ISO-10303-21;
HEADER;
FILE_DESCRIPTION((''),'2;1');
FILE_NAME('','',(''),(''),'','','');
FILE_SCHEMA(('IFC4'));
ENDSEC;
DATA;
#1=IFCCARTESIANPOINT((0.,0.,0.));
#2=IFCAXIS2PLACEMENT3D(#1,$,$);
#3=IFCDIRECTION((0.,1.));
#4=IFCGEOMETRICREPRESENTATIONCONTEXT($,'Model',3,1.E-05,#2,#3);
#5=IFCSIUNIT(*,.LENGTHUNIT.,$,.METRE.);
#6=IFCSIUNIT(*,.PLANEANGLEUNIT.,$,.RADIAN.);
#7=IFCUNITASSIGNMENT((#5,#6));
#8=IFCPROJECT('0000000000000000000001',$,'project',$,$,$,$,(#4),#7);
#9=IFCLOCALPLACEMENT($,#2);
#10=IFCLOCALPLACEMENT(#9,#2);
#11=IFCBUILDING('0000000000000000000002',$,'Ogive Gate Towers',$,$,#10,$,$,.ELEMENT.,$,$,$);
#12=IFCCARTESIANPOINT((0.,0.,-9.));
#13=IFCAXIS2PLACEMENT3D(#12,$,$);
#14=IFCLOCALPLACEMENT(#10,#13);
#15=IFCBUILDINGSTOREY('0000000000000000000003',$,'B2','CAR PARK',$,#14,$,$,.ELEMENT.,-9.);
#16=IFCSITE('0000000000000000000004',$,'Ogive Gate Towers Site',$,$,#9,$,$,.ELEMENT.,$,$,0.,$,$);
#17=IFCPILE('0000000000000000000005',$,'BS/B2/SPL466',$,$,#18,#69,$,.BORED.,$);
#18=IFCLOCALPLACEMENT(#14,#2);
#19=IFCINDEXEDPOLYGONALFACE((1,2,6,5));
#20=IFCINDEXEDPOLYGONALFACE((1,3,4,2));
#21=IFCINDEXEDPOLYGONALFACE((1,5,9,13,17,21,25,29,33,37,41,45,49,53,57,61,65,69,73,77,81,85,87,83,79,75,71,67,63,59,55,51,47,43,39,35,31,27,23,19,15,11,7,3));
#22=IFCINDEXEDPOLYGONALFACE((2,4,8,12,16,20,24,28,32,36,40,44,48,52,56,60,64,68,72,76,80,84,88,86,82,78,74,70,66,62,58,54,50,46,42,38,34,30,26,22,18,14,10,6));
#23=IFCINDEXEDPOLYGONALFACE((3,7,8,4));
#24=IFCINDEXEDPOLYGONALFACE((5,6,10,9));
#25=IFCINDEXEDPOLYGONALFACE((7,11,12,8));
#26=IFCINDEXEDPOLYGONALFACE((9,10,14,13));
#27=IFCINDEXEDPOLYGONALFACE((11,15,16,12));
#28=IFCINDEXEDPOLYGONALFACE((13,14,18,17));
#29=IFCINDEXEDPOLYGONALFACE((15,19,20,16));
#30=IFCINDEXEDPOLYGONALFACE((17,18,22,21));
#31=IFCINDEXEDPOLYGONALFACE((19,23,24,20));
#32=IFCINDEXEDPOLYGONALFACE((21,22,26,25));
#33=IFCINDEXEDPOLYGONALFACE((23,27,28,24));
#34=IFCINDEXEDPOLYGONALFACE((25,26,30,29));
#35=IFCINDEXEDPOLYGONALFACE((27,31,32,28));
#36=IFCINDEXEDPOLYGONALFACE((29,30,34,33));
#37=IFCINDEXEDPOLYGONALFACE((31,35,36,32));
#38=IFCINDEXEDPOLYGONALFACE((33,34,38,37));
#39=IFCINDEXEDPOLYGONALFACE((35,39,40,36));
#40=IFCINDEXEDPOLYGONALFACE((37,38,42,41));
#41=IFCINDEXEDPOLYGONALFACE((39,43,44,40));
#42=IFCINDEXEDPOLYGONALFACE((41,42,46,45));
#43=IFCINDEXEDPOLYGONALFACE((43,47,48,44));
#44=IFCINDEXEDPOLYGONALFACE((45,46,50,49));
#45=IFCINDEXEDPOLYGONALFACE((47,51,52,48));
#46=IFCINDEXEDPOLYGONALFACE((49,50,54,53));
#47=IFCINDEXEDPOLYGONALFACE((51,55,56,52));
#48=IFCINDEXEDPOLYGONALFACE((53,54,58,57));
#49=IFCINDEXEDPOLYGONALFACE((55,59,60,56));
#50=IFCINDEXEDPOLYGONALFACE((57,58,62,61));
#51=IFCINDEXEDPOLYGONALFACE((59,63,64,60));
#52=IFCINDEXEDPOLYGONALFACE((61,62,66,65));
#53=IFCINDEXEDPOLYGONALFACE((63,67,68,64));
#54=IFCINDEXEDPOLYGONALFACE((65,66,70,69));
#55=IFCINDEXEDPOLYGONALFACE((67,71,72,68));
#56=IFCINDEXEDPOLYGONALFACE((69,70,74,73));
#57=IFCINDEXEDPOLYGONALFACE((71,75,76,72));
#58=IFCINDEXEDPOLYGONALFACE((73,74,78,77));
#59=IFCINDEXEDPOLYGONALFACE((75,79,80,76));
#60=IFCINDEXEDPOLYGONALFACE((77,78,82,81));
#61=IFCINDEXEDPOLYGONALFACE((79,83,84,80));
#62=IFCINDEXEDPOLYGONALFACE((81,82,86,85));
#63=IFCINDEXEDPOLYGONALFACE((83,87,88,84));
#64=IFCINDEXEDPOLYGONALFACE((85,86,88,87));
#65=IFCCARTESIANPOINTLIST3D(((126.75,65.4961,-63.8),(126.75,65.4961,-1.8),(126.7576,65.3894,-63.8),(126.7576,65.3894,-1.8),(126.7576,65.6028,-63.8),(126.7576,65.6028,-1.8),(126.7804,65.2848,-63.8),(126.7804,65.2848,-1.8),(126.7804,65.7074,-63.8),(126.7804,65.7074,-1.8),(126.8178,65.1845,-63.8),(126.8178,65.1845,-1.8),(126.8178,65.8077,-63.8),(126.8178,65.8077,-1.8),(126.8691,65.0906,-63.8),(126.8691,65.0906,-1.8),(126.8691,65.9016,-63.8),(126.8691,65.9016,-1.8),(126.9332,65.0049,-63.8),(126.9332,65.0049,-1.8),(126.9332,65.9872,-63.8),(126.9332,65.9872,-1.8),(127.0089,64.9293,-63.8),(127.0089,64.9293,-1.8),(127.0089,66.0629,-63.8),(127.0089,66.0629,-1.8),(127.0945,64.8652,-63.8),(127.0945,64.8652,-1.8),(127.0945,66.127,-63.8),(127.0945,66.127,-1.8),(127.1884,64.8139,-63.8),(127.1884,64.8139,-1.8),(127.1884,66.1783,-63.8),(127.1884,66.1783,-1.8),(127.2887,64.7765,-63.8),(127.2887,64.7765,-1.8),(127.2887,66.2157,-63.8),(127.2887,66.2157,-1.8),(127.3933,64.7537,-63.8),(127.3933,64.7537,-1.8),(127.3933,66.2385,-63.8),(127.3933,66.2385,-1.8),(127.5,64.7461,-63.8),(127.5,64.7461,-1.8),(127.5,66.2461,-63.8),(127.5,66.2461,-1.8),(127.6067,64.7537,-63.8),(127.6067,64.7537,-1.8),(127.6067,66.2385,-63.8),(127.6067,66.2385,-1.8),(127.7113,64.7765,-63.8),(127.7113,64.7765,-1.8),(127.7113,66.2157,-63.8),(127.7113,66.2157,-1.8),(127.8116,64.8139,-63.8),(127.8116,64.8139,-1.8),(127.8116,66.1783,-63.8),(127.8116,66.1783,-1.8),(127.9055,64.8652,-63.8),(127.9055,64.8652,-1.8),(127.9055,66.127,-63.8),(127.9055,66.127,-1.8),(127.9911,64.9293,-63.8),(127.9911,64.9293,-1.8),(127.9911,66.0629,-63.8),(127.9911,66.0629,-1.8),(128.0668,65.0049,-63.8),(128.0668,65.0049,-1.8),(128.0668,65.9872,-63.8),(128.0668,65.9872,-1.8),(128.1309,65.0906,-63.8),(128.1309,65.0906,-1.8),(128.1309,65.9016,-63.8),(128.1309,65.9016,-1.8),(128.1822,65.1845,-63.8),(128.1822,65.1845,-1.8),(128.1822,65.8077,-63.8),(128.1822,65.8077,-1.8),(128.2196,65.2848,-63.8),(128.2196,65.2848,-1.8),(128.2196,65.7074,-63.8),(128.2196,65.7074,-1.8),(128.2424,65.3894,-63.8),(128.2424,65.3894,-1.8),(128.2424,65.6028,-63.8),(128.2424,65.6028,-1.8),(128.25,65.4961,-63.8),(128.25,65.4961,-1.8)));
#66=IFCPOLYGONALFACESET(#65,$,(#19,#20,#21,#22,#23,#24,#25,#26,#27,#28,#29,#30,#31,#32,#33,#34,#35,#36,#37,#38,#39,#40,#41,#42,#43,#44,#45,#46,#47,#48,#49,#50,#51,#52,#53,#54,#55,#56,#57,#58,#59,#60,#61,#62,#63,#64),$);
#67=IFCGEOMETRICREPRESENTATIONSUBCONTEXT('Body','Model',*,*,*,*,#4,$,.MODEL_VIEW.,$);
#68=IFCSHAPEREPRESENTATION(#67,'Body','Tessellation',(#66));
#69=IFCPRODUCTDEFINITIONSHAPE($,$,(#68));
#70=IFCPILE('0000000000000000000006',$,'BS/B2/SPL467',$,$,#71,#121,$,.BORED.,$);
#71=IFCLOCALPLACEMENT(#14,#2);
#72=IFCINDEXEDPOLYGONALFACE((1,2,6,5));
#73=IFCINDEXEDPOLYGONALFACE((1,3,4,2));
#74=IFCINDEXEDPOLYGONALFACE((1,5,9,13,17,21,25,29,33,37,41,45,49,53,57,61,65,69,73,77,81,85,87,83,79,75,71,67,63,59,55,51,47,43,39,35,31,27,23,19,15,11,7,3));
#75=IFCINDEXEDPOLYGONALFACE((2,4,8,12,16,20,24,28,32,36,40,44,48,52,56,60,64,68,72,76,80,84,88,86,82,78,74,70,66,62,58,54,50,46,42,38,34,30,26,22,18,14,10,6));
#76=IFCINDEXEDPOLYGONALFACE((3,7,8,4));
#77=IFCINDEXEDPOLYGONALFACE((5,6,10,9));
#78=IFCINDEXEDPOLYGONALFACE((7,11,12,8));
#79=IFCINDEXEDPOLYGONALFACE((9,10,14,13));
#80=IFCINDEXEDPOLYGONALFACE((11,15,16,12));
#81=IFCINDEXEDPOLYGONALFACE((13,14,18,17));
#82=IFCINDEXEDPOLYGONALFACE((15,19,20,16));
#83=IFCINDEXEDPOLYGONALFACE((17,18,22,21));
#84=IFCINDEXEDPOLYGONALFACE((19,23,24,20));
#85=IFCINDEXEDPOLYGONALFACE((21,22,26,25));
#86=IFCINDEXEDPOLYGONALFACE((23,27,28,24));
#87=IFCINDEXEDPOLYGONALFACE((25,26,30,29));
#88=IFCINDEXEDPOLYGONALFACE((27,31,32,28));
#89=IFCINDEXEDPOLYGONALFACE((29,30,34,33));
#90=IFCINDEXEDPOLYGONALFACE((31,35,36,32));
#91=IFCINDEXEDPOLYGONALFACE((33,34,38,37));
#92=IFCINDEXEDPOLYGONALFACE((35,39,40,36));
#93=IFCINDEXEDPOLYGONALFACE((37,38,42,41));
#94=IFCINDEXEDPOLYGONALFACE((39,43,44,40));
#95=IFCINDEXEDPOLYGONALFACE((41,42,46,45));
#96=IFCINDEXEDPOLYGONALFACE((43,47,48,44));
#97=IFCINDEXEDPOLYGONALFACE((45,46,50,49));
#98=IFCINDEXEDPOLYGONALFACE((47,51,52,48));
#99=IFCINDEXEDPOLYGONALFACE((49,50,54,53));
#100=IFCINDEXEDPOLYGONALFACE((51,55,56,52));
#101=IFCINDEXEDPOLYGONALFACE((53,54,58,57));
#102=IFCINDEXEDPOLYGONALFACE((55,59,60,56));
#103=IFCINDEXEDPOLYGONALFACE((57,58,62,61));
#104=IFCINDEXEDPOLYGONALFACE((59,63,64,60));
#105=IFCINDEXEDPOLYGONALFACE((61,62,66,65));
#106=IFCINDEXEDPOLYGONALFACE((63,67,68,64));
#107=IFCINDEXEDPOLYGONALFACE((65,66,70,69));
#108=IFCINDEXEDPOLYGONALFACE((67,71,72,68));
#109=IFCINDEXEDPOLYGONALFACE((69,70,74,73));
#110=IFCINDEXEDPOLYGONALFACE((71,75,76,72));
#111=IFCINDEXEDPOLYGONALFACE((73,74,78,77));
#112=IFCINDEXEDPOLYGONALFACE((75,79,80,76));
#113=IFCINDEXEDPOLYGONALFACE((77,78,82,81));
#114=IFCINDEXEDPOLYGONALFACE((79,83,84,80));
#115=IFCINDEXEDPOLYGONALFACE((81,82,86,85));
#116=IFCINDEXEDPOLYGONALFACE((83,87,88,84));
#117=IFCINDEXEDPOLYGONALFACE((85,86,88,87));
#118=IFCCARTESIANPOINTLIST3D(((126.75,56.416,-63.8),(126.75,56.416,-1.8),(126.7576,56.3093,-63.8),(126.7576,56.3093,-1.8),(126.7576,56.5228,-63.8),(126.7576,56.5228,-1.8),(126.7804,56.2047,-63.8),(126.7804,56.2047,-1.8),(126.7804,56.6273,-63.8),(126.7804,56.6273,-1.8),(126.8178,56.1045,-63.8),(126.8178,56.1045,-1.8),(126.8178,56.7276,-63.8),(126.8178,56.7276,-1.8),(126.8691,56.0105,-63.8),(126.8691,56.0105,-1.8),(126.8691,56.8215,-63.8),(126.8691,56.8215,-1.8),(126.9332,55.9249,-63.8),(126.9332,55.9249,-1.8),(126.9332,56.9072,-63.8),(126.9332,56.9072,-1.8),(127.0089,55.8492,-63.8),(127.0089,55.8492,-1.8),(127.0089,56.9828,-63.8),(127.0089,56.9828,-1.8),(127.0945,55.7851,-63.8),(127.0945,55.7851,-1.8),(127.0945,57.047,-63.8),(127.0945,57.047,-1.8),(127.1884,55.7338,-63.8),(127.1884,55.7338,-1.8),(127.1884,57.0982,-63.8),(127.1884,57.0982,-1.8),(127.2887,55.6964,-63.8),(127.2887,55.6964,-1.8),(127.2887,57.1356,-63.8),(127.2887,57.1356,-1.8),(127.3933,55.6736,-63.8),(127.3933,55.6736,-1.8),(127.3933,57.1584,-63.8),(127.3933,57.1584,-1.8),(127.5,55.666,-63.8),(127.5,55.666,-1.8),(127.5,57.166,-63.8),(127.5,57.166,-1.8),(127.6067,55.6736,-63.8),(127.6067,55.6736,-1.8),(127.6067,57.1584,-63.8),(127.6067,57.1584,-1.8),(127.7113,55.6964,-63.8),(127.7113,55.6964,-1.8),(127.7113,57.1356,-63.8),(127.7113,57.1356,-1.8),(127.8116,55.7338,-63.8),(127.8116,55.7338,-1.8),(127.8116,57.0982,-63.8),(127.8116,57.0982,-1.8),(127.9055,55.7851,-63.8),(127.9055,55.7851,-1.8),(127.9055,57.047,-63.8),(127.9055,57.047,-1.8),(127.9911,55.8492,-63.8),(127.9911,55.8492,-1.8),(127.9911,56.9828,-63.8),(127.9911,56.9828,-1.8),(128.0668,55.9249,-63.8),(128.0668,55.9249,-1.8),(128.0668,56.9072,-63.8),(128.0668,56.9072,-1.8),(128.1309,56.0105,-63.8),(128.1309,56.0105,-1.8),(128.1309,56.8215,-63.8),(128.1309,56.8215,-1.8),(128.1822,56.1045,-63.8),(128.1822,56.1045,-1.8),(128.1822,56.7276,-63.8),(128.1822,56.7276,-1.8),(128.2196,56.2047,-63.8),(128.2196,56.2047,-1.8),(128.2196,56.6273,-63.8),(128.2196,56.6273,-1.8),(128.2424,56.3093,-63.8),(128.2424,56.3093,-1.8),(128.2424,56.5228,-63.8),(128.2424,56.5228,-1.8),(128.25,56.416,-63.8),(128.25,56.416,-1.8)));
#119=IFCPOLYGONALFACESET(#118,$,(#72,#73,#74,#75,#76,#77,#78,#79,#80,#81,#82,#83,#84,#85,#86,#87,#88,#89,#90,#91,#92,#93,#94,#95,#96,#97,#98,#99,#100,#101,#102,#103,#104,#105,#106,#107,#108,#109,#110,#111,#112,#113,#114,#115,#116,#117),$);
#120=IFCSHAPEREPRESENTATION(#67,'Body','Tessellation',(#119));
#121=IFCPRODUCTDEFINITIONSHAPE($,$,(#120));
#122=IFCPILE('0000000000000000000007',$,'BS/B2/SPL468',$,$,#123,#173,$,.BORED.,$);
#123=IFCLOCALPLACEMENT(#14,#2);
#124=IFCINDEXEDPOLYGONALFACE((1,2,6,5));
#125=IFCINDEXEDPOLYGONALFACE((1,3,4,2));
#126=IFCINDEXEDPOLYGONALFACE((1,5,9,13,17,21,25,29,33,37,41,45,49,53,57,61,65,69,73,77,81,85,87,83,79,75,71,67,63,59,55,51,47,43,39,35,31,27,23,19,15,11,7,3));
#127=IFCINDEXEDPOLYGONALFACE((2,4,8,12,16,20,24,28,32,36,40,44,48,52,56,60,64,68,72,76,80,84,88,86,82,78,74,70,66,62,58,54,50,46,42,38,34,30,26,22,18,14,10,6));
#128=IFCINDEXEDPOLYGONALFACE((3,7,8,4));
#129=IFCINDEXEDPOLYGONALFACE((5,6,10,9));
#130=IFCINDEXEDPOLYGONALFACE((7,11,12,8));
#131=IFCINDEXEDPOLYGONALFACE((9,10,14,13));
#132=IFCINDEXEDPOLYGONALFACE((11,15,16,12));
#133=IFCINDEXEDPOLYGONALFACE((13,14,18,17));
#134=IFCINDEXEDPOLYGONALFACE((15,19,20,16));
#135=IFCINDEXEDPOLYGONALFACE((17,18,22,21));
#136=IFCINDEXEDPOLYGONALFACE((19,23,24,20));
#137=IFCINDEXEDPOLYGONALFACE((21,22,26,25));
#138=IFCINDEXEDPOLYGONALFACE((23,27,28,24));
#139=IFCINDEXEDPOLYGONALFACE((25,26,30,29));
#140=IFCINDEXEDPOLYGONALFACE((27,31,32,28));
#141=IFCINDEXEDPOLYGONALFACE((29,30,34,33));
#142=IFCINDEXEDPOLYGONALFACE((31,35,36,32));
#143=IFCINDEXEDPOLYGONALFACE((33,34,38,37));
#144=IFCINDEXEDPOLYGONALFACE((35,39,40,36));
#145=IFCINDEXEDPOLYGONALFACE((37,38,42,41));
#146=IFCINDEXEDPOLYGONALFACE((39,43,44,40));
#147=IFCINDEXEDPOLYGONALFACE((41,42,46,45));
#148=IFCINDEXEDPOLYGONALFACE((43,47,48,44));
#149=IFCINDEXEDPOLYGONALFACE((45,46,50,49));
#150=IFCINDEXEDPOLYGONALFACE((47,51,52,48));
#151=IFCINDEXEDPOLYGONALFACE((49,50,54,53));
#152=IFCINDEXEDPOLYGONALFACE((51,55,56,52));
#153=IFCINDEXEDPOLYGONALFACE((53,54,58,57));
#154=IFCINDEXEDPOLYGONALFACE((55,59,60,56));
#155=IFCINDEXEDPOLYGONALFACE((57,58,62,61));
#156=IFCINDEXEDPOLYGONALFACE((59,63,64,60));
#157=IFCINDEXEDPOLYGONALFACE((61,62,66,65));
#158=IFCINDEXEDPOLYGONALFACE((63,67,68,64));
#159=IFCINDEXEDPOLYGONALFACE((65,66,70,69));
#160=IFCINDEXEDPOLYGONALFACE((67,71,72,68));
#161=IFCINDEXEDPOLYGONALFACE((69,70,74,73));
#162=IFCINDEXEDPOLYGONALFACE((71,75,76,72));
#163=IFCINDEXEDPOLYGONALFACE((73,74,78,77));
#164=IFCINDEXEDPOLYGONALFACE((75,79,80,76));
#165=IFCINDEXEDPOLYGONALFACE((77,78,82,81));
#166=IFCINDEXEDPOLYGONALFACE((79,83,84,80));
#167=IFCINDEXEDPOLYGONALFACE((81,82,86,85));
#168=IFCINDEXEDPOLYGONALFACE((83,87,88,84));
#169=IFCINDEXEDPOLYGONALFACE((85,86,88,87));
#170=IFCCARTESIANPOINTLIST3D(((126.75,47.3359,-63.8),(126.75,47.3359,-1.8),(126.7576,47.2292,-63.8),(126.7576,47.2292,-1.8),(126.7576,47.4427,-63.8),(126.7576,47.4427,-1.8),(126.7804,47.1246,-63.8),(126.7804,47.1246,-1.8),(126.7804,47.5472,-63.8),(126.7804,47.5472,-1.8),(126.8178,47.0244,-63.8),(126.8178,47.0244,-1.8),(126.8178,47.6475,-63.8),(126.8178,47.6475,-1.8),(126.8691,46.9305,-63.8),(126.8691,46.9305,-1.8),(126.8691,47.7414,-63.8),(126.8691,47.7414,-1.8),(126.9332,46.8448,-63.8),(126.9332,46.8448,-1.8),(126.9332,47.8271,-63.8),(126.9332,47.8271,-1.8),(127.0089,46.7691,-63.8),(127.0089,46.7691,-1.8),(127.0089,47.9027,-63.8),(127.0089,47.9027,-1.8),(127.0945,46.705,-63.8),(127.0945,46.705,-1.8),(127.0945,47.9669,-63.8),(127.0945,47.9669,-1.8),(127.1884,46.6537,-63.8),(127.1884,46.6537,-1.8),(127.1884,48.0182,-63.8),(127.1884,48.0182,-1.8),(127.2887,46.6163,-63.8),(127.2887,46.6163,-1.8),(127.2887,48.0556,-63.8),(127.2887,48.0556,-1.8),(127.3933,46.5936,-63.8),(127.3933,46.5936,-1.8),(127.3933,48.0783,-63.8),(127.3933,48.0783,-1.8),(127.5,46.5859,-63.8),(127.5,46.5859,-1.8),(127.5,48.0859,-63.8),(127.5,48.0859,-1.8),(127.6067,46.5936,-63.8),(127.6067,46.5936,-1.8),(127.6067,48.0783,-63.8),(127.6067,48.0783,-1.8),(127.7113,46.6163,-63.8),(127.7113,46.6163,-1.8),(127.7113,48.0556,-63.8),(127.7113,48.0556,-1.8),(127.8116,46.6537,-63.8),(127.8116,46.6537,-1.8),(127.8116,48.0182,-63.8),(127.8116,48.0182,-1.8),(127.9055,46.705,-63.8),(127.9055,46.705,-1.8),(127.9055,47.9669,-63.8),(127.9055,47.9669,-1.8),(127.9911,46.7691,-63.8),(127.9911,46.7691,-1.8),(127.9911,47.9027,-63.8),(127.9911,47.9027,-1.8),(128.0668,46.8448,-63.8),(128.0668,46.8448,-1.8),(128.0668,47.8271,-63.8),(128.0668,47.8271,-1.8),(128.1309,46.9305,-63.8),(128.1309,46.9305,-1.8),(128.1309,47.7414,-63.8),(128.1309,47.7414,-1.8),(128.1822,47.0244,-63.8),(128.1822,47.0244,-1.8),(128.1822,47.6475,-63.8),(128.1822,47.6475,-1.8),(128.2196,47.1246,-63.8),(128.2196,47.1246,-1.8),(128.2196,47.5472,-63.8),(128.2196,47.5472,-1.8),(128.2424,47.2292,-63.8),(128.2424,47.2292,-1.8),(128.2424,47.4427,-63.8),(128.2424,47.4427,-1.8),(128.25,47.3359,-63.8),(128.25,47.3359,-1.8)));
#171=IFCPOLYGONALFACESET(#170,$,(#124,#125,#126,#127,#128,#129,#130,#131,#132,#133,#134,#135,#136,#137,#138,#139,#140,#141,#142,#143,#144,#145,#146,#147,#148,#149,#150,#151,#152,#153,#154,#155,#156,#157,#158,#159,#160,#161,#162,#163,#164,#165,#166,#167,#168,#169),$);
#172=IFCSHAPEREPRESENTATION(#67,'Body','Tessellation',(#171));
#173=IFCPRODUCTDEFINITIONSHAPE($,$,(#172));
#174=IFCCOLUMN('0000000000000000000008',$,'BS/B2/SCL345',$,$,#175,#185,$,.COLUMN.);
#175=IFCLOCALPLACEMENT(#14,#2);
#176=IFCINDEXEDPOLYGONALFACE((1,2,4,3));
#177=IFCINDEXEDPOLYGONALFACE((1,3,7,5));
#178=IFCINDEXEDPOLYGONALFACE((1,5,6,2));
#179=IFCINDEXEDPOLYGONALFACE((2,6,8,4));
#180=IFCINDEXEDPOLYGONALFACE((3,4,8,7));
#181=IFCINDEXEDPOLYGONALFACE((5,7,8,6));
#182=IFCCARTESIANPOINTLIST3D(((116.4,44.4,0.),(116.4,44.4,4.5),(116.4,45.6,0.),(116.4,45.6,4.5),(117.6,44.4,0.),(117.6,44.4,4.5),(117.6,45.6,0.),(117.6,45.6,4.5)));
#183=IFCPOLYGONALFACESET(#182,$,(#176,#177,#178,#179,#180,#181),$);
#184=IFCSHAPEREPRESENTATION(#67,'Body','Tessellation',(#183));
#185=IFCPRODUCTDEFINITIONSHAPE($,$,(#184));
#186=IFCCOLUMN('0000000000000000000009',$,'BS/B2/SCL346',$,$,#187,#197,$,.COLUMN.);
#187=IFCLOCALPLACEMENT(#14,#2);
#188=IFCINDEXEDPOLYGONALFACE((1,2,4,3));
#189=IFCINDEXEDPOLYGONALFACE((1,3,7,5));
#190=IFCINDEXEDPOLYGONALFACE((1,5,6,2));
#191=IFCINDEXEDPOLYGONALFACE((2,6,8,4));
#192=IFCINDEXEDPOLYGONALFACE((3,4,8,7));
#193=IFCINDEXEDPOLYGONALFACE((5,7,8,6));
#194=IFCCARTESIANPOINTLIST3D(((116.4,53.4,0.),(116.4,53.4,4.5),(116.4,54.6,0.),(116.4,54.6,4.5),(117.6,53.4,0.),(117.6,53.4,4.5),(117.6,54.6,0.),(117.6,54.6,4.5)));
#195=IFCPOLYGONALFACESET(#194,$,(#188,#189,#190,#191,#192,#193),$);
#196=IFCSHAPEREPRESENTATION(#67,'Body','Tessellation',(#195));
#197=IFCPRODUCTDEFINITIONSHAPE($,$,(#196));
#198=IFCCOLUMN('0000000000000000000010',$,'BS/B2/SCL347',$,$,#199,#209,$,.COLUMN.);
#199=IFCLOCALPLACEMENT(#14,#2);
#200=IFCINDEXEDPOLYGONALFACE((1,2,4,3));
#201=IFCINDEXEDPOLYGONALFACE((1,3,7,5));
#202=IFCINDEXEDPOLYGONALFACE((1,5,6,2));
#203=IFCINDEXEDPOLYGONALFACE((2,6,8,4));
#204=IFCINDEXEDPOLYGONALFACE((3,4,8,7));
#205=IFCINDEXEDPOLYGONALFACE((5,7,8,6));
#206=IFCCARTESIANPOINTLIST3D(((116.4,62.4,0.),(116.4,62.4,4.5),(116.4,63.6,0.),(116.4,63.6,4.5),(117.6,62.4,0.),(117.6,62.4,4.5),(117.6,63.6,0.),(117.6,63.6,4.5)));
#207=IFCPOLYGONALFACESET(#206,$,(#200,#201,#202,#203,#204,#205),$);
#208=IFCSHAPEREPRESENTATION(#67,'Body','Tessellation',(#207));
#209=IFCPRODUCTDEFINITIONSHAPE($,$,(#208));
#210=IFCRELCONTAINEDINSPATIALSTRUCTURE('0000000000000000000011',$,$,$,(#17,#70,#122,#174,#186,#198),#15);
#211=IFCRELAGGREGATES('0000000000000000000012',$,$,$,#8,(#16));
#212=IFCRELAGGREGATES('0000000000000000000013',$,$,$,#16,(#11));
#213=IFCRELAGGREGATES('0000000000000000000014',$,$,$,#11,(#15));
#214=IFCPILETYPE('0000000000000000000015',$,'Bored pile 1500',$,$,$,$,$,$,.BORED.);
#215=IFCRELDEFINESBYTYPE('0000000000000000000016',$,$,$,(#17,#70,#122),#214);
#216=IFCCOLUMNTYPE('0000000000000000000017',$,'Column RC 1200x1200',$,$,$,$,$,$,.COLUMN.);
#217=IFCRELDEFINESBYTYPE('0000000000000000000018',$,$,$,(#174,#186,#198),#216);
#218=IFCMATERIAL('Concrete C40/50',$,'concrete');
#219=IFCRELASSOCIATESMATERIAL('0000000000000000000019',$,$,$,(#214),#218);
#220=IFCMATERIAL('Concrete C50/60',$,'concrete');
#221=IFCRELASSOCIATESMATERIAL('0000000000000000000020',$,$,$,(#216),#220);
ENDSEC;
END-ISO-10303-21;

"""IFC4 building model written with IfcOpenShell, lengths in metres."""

from ifc_helpers import new_model, si_unit, direction, frame, origin, origin_2d, place, context, subcontext, project, spatial, rectangle, circle, extrude, material, material_profile, profile_set, type_object, element, save


model = new_model("IFC4")

# Units and contexts
model_context = context("Model", 3, precision=1e-05, world=origin(), true_north=direction((0.0, 1.0)))
body_context = subcontext(model_context, "Body", "Model", "MODEL_VIEW")
ifc_project = project(units=[si_unit("LENGTHUNIT", "METRE"), si_unit("PLANEANGLEUNIT", "RADIAN")], contexts=[model_context])

# Site, building, storey
site_placement = place(None, origin())
site = spatial("IfcSite", under=ifc_project, at=site_placement, Name="Ogive Gate Towers Site", CompositionType="ELEMENT", RefElevation=0.0)
building_placement = place(site_placement, origin())
building = spatial("IfcBuilding", under=site, at=building_placement, Name="Ogive Gate Towers", CompositionType="ELEMENT")
storey_placement = place(building_placement, frame((0.0, 0.0, -9.0)))
storey = spatial("IfcBuildingStorey", under=building, at=storey_placement, Name="B2", Description="CAR PARK", CompositionType="ELEMENT", Elevation=-9.0)

# Piles
ifc_material_1 = material(Name="Concrete C40/50", Category="concrete")
ifc_material_profile_1 = material_profile(ifc_material_1, circle(Radius=0.75, at=origin_2d()), Name="BP 1500")
ifc_profile_set_1 = profile_set([ifc_material_profile_1], Name="Concrete C40/50")
pile_type = type_object("IfcPileType", Name="Bored pile 1500", PredefinedType="BORED", material=ifc_profile_set_1)
for number, where, z_axis, x_axis, name in (
    (1, (127.5, 65.4961, -1.8), (0.0, 0.0, -1.0), (1.0, 0.0, 0.0), "BS/B2/SPL466"),
    (2, (127.5, 56.416, -1.8), (0.0, 0.0, -1.0), (1.0, 0.0, 0.0), "BS/B2/SPL467"),
    (3, (127.5, 47.3359, -1.8), (0.0, 0.0, -1.0), (1.0, 0.0, 0.0), "BS/B2/SPL468"),
):
    element("IfcPile", number, at=place(storey_placement, frame(where, z_axis=z_axis, x_axis=x_axis)), inside=storey, type_object=pile_type, Name=name, PredefinedType="BORED", context=body_context, shape_type="SweptSolid", body=[
        extrude(circle(Radius=0.75, at=origin_2d()), origin(), (0.0, 0.0, 1.0), 62.0),
    ])

# Columns
ifc_material_2 = material(Name="Concrete C50/60", Category="concrete")
ifc_material_profile_2 = material_profile(ifc_material_2, rectangle(XDim=1.2, YDim=1.2, at=origin_2d()), Name="RC 1200x1200")
ifc_profile_set_2 = profile_set([ifc_material_profile_2], Name="Concrete C50/60")
column_type = type_object("IfcColumnType", Name="Column RC 1200x1200", PredefinedType="COLUMN", material=ifc_profile_set_2)
for number, where, z_axis, x_axis, name in (
    (4, (117.0, 45.0, 0.0), (0.0, 0.0, 1.0), (1.0, 0.0, 0.0), "BS/B2/SCL345"),
    (5, (117.0, 54.0, 0.0), (0.0, 0.0, 1.0), (1.0, 0.0, 0.0), "BS/B2/SCL346"),
    (6, (117.0, 63.0, 0.0), (0.0, 0.0, 1.0), (1.0, 0.0, 0.0), "BS/B2/SCL347"),
):
    element("IfcColumn", number, at=place(storey_placement, frame(where, z_axis=z_axis, x_axis=x_axis)), inside=storey, type_object=column_type, Name=name, PredefinedType="COLUMN", context=body_context, shape_type="SweptSolid", body=[
        extrude(rectangle(XDim=1.2, YDim=1.2, at=origin_2d()), origin(), (0.0, 0.0, 1.0), 4.5),
    ])

save(model, "model.ifc")
